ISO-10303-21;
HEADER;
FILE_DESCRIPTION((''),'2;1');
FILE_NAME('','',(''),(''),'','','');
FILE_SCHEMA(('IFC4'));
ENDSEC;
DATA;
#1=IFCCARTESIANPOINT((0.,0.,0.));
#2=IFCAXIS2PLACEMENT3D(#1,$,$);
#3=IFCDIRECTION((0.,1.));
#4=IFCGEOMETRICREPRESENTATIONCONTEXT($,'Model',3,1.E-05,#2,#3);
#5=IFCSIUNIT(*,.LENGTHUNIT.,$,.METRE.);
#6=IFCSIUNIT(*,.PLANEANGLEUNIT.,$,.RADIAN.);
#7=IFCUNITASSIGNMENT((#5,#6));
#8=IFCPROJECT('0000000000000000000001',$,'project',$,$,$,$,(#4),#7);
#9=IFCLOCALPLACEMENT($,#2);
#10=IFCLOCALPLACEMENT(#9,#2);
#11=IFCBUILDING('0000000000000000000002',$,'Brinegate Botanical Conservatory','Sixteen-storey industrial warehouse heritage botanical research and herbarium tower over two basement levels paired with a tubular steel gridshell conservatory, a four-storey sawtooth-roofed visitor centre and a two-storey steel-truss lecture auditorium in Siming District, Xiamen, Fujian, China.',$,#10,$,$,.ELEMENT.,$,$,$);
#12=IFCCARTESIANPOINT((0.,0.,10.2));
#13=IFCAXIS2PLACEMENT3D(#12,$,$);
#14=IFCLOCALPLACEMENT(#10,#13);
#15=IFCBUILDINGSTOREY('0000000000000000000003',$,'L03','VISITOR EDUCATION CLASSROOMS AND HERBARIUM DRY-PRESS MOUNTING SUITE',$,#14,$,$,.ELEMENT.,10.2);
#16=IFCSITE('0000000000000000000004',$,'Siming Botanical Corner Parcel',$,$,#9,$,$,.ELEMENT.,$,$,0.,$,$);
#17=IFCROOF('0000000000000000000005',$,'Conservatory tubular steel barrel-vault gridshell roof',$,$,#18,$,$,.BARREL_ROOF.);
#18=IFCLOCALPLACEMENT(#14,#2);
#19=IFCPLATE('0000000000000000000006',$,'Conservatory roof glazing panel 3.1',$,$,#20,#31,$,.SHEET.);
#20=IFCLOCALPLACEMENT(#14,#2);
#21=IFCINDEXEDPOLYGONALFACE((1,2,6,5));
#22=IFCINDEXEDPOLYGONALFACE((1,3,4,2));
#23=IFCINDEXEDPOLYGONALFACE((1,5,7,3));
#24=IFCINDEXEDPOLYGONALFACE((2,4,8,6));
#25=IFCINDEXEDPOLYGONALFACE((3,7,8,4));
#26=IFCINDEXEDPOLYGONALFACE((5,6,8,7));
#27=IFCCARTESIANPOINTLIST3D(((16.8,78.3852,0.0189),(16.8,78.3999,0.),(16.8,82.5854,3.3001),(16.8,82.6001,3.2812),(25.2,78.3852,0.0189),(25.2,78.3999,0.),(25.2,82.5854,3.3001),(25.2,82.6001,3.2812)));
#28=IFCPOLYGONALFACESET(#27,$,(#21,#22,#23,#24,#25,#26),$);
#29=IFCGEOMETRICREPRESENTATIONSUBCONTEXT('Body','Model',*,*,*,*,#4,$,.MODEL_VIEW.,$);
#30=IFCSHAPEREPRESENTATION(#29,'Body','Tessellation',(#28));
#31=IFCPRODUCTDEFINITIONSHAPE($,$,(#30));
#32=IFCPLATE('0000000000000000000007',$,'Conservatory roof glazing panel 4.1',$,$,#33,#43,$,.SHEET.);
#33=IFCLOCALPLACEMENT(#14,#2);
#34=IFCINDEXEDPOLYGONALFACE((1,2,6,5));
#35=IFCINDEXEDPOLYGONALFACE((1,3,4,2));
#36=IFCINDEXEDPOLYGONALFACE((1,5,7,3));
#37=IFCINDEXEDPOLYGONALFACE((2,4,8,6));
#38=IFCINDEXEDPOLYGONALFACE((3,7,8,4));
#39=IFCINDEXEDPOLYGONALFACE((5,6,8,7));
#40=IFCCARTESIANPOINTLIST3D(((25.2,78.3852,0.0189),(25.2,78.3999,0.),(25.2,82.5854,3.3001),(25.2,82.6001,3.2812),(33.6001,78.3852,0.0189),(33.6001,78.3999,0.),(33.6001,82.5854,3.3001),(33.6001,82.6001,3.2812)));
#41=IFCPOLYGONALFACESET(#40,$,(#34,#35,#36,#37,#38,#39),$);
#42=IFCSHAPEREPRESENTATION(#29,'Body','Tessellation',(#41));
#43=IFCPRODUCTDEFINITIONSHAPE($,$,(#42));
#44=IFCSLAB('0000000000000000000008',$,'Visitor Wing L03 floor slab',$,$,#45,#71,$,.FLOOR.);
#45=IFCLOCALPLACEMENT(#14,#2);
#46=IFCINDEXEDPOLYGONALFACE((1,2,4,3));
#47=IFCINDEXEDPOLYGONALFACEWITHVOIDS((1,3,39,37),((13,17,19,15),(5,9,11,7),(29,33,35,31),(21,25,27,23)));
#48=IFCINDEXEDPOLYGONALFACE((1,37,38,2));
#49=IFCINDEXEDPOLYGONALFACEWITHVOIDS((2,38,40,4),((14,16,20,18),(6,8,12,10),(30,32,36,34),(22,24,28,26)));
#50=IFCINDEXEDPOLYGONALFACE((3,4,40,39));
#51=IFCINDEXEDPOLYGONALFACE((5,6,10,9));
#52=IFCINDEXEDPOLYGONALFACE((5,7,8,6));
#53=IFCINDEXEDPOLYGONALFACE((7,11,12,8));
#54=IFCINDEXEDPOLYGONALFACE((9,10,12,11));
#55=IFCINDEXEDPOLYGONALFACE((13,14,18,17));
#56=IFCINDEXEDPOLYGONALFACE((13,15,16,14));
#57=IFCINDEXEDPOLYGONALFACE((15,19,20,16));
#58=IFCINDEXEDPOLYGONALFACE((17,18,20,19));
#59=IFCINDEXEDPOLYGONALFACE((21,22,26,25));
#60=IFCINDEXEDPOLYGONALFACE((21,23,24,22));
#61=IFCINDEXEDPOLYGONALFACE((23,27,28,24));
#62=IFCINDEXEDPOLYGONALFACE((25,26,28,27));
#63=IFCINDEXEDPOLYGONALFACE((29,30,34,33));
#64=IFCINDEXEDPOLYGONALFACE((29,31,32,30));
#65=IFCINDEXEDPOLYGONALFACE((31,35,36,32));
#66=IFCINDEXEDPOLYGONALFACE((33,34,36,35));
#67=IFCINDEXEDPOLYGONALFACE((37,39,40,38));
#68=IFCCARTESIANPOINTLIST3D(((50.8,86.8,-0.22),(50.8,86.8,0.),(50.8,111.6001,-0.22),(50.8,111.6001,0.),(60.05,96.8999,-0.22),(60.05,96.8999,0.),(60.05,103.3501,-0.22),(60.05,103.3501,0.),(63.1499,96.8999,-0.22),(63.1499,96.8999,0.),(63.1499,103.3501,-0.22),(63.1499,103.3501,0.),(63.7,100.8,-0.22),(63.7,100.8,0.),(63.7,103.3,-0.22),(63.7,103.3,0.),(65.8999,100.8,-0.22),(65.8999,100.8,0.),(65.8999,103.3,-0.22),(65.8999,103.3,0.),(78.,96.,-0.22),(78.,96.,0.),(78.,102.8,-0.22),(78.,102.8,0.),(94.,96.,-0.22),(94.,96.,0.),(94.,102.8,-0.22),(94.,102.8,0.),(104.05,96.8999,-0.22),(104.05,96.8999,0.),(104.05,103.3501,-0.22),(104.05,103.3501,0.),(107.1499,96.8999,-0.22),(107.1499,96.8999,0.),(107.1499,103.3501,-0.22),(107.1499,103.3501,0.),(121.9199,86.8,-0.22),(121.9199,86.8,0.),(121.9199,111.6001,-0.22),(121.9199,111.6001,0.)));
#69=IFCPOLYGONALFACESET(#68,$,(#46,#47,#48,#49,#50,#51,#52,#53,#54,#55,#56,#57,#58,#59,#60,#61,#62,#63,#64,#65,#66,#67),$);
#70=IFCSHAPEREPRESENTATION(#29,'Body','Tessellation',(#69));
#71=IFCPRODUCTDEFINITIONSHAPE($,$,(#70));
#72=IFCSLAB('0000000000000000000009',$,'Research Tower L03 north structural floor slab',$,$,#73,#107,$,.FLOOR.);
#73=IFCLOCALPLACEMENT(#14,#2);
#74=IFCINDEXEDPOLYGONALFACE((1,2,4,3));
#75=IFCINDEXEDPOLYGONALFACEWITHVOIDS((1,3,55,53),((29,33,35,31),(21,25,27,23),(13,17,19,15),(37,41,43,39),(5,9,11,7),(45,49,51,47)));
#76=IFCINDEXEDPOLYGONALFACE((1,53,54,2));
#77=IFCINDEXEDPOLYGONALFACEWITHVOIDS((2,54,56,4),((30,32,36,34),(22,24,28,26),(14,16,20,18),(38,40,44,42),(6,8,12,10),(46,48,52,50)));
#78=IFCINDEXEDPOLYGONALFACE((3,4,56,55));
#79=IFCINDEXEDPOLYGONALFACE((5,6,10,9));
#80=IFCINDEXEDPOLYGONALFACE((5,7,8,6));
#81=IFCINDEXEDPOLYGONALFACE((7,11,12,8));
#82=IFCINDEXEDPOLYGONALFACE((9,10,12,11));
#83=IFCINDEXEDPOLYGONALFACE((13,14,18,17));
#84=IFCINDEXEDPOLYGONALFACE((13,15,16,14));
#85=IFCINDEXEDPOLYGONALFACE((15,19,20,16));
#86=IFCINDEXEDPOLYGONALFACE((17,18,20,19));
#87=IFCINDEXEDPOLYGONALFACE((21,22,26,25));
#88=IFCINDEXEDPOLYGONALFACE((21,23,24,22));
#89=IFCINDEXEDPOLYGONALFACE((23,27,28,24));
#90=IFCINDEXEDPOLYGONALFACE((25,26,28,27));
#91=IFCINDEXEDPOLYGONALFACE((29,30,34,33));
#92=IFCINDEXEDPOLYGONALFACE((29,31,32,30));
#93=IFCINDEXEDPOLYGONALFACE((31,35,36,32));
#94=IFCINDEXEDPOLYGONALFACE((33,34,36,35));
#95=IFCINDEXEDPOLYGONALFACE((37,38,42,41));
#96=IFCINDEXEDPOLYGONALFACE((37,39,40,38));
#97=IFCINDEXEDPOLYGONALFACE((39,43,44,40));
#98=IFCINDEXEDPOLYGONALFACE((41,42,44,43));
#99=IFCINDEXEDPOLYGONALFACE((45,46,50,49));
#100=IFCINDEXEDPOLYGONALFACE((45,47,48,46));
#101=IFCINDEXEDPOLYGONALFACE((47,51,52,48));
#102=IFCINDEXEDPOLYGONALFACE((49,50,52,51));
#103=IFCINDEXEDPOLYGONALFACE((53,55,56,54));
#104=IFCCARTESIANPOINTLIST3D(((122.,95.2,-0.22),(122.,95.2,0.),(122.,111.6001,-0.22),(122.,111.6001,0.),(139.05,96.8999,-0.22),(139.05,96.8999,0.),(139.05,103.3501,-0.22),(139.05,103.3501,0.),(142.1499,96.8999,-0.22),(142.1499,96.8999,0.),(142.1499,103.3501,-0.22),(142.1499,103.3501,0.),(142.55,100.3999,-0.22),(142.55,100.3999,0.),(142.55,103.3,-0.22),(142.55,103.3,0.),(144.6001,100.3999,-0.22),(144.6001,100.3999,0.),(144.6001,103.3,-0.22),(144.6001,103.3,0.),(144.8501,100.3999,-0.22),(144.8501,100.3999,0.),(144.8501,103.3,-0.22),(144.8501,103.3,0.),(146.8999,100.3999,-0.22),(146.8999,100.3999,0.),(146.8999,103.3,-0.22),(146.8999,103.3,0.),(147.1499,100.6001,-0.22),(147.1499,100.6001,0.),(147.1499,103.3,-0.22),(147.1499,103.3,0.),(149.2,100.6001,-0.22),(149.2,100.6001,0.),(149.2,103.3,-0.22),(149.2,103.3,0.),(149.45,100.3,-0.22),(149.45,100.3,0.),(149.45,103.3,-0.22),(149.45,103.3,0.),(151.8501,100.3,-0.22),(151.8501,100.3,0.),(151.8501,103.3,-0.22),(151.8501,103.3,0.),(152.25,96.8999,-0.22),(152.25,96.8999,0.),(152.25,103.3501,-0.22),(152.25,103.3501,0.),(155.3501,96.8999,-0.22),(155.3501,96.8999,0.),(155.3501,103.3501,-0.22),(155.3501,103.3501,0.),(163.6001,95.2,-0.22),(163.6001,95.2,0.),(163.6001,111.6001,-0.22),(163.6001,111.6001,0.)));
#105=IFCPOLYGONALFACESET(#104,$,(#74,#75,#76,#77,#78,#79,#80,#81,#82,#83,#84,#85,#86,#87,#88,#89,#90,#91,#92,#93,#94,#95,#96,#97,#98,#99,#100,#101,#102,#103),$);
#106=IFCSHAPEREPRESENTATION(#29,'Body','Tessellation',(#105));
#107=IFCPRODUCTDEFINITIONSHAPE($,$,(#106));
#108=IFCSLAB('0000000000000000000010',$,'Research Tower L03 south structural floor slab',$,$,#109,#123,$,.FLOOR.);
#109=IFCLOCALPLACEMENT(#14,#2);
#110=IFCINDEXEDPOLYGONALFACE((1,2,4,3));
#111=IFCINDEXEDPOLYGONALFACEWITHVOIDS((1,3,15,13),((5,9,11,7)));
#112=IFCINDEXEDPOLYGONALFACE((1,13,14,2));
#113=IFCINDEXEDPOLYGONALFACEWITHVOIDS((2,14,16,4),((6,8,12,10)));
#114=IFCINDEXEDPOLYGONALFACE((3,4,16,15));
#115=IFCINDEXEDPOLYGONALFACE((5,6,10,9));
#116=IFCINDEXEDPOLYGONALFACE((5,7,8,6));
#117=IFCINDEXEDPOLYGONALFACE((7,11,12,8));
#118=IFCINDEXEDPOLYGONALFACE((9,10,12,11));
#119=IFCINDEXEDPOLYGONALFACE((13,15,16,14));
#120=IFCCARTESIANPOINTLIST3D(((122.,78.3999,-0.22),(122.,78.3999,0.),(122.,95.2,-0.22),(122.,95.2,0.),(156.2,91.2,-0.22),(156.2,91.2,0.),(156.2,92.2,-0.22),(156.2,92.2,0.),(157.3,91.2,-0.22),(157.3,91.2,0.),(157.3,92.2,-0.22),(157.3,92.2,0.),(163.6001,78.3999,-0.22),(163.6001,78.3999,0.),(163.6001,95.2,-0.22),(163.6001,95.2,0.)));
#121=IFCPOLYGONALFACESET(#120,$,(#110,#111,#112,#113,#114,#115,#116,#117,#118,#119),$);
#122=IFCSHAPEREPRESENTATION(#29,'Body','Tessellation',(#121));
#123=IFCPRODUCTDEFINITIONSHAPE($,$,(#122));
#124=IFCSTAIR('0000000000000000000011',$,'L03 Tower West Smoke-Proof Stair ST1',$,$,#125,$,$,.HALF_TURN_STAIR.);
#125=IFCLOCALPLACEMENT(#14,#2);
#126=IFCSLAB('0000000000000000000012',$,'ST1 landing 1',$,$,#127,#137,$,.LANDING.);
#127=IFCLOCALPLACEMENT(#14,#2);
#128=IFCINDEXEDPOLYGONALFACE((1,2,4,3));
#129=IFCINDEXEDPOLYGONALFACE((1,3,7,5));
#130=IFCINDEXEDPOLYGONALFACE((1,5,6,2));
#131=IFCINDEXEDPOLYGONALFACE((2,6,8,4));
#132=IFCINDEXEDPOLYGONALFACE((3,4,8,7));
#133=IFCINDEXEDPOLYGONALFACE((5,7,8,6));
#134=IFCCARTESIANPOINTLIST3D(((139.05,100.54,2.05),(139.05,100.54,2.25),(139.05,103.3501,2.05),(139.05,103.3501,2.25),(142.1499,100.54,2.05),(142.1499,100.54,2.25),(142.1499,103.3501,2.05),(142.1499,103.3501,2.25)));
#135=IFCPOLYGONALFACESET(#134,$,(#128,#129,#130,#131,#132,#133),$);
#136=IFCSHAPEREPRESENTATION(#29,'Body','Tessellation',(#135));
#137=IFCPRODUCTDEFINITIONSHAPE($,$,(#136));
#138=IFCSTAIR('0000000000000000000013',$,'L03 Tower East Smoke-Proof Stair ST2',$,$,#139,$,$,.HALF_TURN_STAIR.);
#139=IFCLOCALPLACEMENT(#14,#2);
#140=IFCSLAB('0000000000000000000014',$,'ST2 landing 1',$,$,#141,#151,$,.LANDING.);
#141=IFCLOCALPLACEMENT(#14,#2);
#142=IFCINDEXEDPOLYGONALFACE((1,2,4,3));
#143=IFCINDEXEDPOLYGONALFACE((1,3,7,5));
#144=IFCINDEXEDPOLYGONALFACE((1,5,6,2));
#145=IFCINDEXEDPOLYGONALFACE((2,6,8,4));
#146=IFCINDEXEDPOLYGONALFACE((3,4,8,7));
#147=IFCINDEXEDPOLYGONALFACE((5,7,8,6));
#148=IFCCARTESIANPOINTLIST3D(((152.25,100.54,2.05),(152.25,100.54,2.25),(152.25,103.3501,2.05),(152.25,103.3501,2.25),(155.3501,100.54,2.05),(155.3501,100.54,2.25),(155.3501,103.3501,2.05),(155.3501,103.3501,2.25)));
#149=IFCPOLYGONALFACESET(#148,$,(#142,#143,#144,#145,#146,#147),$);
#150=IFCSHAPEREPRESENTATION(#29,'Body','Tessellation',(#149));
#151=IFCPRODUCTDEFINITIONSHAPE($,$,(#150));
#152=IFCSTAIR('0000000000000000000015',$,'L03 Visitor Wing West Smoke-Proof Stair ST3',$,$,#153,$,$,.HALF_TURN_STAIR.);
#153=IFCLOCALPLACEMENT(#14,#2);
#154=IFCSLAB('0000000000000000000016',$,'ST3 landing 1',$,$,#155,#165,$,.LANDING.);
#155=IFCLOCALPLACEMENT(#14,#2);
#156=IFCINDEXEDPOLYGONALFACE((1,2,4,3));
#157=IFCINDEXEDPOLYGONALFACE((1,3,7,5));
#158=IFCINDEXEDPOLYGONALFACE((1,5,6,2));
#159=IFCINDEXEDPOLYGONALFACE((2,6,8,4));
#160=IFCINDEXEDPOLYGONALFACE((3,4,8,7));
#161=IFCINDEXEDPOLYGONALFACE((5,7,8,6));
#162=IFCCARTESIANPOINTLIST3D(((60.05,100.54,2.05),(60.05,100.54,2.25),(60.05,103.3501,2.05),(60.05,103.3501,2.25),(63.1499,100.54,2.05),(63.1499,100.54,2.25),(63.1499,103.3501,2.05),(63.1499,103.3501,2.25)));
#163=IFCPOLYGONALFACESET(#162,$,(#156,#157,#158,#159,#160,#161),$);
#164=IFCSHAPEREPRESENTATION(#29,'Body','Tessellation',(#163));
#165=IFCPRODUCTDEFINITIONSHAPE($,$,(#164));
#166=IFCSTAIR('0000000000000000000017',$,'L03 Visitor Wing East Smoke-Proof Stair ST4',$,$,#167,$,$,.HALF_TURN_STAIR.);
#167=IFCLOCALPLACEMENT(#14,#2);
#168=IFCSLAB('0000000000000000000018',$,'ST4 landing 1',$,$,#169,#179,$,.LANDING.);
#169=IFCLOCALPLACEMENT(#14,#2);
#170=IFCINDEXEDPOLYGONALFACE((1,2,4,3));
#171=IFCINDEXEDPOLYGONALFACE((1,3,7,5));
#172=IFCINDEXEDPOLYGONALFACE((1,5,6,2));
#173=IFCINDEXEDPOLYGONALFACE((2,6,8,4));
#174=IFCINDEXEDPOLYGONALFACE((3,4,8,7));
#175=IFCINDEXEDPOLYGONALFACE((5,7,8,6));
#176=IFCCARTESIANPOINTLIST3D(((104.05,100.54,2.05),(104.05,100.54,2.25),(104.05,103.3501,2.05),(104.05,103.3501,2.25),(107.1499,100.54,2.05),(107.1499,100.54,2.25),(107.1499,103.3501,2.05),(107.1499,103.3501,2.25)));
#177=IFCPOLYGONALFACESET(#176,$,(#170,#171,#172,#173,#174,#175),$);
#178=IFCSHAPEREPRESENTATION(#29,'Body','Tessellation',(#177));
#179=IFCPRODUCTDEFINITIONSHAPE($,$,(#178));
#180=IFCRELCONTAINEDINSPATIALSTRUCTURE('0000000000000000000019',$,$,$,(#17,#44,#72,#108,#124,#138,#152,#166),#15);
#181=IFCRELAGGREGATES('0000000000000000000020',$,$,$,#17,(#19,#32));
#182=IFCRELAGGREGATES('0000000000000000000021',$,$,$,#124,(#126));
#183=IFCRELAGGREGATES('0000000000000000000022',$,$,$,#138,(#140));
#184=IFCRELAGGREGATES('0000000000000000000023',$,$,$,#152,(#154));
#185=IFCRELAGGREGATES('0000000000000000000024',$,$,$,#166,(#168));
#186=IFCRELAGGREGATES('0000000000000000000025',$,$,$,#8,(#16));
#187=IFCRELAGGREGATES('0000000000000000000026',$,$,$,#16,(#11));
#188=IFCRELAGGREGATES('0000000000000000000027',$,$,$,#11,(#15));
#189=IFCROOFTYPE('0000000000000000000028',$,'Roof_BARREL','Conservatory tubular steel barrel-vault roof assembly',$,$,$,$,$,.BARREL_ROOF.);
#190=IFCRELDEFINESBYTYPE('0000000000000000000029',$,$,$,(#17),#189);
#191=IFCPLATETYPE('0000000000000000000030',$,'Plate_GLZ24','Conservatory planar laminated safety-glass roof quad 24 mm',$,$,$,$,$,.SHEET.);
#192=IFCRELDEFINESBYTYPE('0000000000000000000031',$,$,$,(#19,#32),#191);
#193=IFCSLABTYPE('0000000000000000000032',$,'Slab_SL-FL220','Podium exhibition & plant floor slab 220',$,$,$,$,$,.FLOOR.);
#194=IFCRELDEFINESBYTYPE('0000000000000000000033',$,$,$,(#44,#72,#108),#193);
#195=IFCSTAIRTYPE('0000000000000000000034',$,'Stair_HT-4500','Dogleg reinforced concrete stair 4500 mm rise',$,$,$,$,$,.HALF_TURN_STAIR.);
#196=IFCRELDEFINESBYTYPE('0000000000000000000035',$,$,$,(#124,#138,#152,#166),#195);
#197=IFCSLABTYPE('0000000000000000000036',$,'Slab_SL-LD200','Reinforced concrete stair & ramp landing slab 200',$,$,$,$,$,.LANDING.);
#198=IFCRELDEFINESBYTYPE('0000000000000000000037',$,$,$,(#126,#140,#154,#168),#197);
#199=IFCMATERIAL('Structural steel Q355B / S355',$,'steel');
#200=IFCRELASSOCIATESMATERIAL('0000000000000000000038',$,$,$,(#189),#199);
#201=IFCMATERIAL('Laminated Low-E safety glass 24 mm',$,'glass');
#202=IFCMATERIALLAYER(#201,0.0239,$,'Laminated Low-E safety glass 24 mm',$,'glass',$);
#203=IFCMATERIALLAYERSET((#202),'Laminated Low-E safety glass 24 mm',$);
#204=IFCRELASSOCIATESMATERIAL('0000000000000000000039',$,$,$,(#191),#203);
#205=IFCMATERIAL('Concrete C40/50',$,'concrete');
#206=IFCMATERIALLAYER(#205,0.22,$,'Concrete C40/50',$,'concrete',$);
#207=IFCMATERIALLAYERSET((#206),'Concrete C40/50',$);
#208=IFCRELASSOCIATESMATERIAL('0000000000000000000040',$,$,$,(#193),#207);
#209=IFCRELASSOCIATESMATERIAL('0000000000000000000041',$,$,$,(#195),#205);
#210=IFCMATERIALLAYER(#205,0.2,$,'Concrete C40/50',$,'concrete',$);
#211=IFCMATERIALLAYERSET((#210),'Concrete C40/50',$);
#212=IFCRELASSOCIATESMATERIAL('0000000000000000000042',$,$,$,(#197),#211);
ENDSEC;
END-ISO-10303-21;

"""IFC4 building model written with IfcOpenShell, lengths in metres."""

from ifc_helpers import new_model, si_unit, direction, frame, origin, place, context, subcontext, project, spatial, polyline, outline, extrude, material, layer, layer_set, type_object, element, aggregate, save


model = new_model("IFC4")

# Units and contexts
model_context = context("Model", 3, precision=1e-05, world=origin(), true_north=direction((0.0, 1.0)))
body_context = subcontext(model_context, "Body", "Model", "MODEL_VIEW")
ifc_project = project(units=[si_unit("LENGTHUNIT", "METRE"), si_unit("PLANEANGLEUNIT", "RADIAN")], contexts=[model_context])

# Site, building, storey
site_placement = place(None, origin())
site = spatial("IfcSite", under=ifc_project, at=site_placement, Name="Siming Botanical Corner Parcel", CompositionType="ELEMENT", RefElevation=0.0)
building_placement = place(site_placement, origin())
building = spatial("IfcBuilding", under=site, at=building_placement, Name="Brinegate Botanical Conservatory", Description="Sixteen-storey industrial warehouse heritage botanical research and herbarium tower over two basement levels paired with a tubular steel gridshell conservatory, a four-storey sawtooth-roofed visitor centre and a two-storey steel-truss lecture auditorium in Siming District, Xiamen, Fujian, China.", CompositionType="ELEMENT")
storey_placement = place(building_placement, frame((0.0, 0.0, 10.2)))
storey = spatial("IfcBuildingStorey", under=building, at=storey_placement, Name="L03", Description="VISITOR EDUCATION CLASSROOMS AND HERBARIUM DRY-PRESS MOUNTING SUITE", CompositionType="ELEMENT", Elevation=10.2)

# Shared definitions
ifc_material_1 = material(Name="Structural steel Q355B / S355", Category="steel")
ifc_material_2 = material(Name="Concrete C40/50", Category="concrete")

# Roof, plates
roof_type_1 = type_object("IfcRoofType", Name="Roof_BARREL", Description="Conservatory tubular steel barrel-vault roof assembly", PredefinedType="BARREL_ROOF", material=ifc_material_1)
roof_1_placement = place(storey_placement, origin())
roof_1 = element("IfcRoof", 1, at=roof_1_placement, inside=storey, type_object=roof_type_1, Name="Conservatory tubular steel barrel-vault gridshell roof", PredefinedType="BARREL_ROOF")
ifc_material_3 = material(Name="Laminated Low-E safety glass 24 mm", Category="glass")
ifc_layer_1 = layer(ifc_material_3, 0.0239, Name="Laminated Low-E safety glass 24 mm", Category="glass")
ifc_layer_set_1 = layer_set([ifc_layer_1], Name="Laminated Low-E safety glass 24 mm")
plate_type_1 = type_object("IfcPlateType", Name="Plate_GLZ24", Description="Conservatory planar laminated safety-glass roof quad 24 mm", PredefinedType="SHEET", material=ifc_layer_set_1)
plate_1_placement = place(storey_placement, frame((16.8, 78.3999, 0.0), z_axis=(0.0, -0.615626, 0.788038), x_axis=(1.0, 0.0, 0.0)))
plate_1 = element("IfcPlate", 2, at=plate_1_placement, type_object=plate_type_1, Name="Conservatory roof glazing panel 3.1", PredefinedType="SHEET", context=body_context, shape_type="SweptSolid", body=[
    extrude(outline(polyline([(0.0, 0.0), (8.3999, 0.0), (8.3999, 5.3299), (0.0, 5.3299), (0.0, 0.0)])), origin(), (0.0, 0.0, 1.0), 0.0239),
])
plate_2_placement = place(storey_placement, frame((25.2, 78.3999, 0.0), z_axis=(0.0, -0.615626, 0.788038), x_axis=(1.0, 0.0, 0.0)))
plate_2 = element("IfcPlate", 3, at=plate_2_placement, type_object=plate_type_1, Name="Conservatory roof glazing panel 4.1", PredefinedType="SHEET", context=body_context, shape_type="SweptSolid", body=[
    extrude(outline(polyline([(0.0, 0.0), (8.4001, 0.0), (8.4001, 5.3299), (0.0, 5.3299), (0.0, 0.0)])), origin(), (0.0, 0.0, 1.0), 0.0239),
])
aggregate(roof_1, [plate_1, plate_2])

# Slabs
ifc_layer_2 = layer(ifc_material_2, 0.22, Name="Concrete C40/50", Category="concrete")
ifc_layer_set_2 = layer_set([ifc_layer_2], Name="Concrete C40/50")
slab_type_1 = type_object("IfcSlabType", Name="Slab_SL-FL220", Description="Podium exhibition & plant floor slab 220", PredefinedType="FLOOR", material=ifc_layer_set_2)
slab_1_placement = place(storey_placement, frame((0.0, 0.0, -0.22)))
element("IfcSlab", 4, at=slab_1_placement, inside=storey, type_object=slab_type_1, Name="Visitor Wing L03 floor slab", PredefinedType="FLOOR", context=body_context, shape_type="SweptSolid", body=[
    extrude(outline(polyline([(50.8, 86.8), (121.9199, 86.8), (121.9199, 111.6001), (50.8, 111.6001), (50.8, 86.8)]), holes=[polyline([(63.1499, 96.8999), (63.1499, 103.3501), (60.05, 103.3501), (60.05, 96.8999), (63.1499, 96.8999)]), polyline([(107.1499, 96.8999), (107.1499, 103.3501), (104.05, 103.3501), (104.05, 96.8999), (107.1499, 96.8999)]), polyline([(63.7, 100.8), (65.8999, 100.8), (65.8999, 103.3), (63.7, 103.3), (63.7, 100.8)]), polyline([(78.0, 96.0), (94.0, 96.0), (94.0, 102.8), (78.0, 102.8), (78.0, 96.0)])]), origin(), (0.0, 0.0, 1.0), 0.22),
])
slab_2_placement = place(storey_placement, frame((0.0, 0.0, -0.22)))
element("IfcSlab", 5, at=slab_2_placement, inside=storey, type_object=slab_type_1, Name="Research Tower L03 north structural floor slab", PredefinedType="FLOOR", context=body_context, shape_type="SweptSolid", body=[
    extrude(outline(polyline([(122.0, 111.6001), (163.6001, 111.6001), (163.6001, 95.2), (122.0, 95.2), (122.0, 111.6001)]), holes=[polyline([(142.1499, 96.8999), (142.1499, 103.3501), (139.05, 103.3501), (139.05, 96.8999), (142.1499, 96.8999)]), polyline([(155.3501, 96.8999), (155.3501, 103.3501), (152.25, 103.3501), (152.25, 96.8999), (155.3501, 96.8999)]), polyline([(142.55, 100.3999), (144.6001, 100.3999), (144.6001, 103.3), (142.55, 103.3), (142.55, 100.3999)]), polyline([(144.8501, 100.3999), (146.8999, 100.3999), (146.8999, 103.3), (144.8501, 103.3), (144.8501, 100.3999)]), polyline([(147.1499, 100.6001), (149.2, 100.6001), (149.2, 103.3), (147.1499, 103.3), (147.1499, 100.6001)]), polyline([(149.45, 100.3), (151.8501, 100.3), (151.8501, 103.3), (149.45, 103.3), (149.45, 100.3)])]), origin(), (0.0, 0.0, 1.0), 0.22),
])
slab_3_placement = place(storey_placement, frame((0.0, 0.0, -0.22)))
element("IfcSlab", 6, at=slab_3_placement, inside=storey, type_object=slab_type_1, Name="Research Tower L03 south structural floor slab", PredefinedType="FLOOR", context=body_context, shape_type="SweptSolid", body=[
    extrude(outline(polyline([(163.6001, 78.3999), (122.0, 78.3999), (122.0, 95.2), (163.6001, 95.2), (163.6001, 78.3999)]), holes=[polyline([(156.2, 91.2), (157.3, 91.2), (157.3, 92.2), (156.2, 92.2), (156.2, 91.2)])]), origin(), (0.0, 0.0, 1.0), 0.22),
])

# Stairs, slabs
stair_type = type_object("IfcStairType", Name="Stair_HT-4500", Description="Dogleg reinforced concrete stair 4500 mm rise", PredefinedType="HALF_TURN_STAIR", material=ifc_material_2)
stair_1_placement = place(storey_placement, origin())
stair_1 = element("IfcStair", 7, at=stair_1_placement, inside=storey, type_object=stair_type, Name="L03 Tower West Smoke-Proof Stair ST1", PredefinedType="HALF_TURN_STAIR")
ifc_layer_3 = layer(ifc_material_2, 0.2, Name="Concrete C40/50", Category="concrete")
ifc_layer_set_3 = layer_set([ifc_layer_3], Name="Concrete C40/50")
slab_type_2 = type_object("IfcSlabType", Name="Slab_SL-LD200", Description="Reinforced concrete stair & ramp landing slab 200", PredefinedType="LANDING", material=ifc_layer_set_3)
slab_4_placement = place(storey_placement, frame((0.0, 0.0, 2.05)))
slab_4 = element("IfcSlab", 8, at=slab_4_placement, type_object=slab_type_2, Name="ST1 landing 1", PredefinedType="LANDING", context=body_context, shape_type="SweptSolid", body=[
    extrude(outline(polyline([(142.1499, 100.54), (142.1499, 103.3501), (139.05, 103.3501), (139.05, 100.54), (142.1499, 100.54)])), origin(), (0.0, 0.0, 1.0), 0.2),
])
aggregate(stair_1, [slab_4])
stair_2_placement = place(storey_placement, origin())
stair_2 = element("IfcStair", 9, at=stair_2_placement, inside=storey, type_object=stair_type, Name="L03 Tower East Smoke-Proof Stair ST2", PredefinedType="HALF_TURN_STAIR")
slab_5_placement = place(storey_placement, frame((0.0, 0.0, 2.05)))
slab_5 = element("IfcSlab", 10, at=slab_5_placement, type_object=slab_type_2, Name="ST2 landing 1", PredefinedType="LANDING", context=body_context, shape_type="SweptSolid", body=[
    extrude(outline(polyline([(155.3501, 100.54), (155.3501, 103.3501), (152.25, 103.3501), (152.25, 100.54), (155.3501, 100.54)])), origin(), (0.0, 0.0, 1.0), 0.2),
])
aggregate(stair_2, [slab_5])
stair_3_placement = place(storey_placement, origin())
stair_3 = element("IfcStair", 11, at=stair_3_placement, inside=storey, type_object=stair_type, Name="L03 Visitor Wing West Smoke-Proof Stair ST3", PredefinedType="HALF_TURN_STAIR")
slab_6_placement = place(storey_placement, frame((0.0, 0.0, 2.05)))
slab_6 = element("IfcSlab", 12, at=slab_6_placement, type_object=slab_type_2, Name="ST3 landing 1", PredefinedType="LANDING", context=body_context, shape_type="SweptSolid", body=[
    extrude(outline(polyline([(63.1499, 100.54), (63.1499, 103.3501), (60.05, 103.3501), (60.05, 100.54), (63.1499, 100.54)])), origin(), (0.0, 0.0, 1.0), 0.2),
])
aggregate(stair_3, [slab_6])
stair_4_placement = place(storey_placement, origin())
stair_4 = element("IfcStair", 13, at=stair_4_placement, inside=storey, type_object=stair_type, Name="L03 Visitor Wing East Smoke-Proof Stair ST4", PredefinedType="HALF_TURN_STAIR")
slab_7_placement = place(storey_placement, frame((0.0, 0.0, 2.05)))
slab_7 = element("IfcSlab", 14, at=slab_7_placement, type_object=slab_type_2, Name="ST4 landing 1", PredefinedType="LANDING", context=body_context, shape_type="SweptSolid", body=[
    extrude(outline(polyline([(107.1499, 100.54), (107.1499, 103.3501), (104.05, 103.3501), (104.05, 100.54), (107.1499, 100.54)])), origin(), (0.0, 0.0, 1.0), 0.2),
])
aggregate(stair_4, [slab_7])

save(model, "model.ifc")
